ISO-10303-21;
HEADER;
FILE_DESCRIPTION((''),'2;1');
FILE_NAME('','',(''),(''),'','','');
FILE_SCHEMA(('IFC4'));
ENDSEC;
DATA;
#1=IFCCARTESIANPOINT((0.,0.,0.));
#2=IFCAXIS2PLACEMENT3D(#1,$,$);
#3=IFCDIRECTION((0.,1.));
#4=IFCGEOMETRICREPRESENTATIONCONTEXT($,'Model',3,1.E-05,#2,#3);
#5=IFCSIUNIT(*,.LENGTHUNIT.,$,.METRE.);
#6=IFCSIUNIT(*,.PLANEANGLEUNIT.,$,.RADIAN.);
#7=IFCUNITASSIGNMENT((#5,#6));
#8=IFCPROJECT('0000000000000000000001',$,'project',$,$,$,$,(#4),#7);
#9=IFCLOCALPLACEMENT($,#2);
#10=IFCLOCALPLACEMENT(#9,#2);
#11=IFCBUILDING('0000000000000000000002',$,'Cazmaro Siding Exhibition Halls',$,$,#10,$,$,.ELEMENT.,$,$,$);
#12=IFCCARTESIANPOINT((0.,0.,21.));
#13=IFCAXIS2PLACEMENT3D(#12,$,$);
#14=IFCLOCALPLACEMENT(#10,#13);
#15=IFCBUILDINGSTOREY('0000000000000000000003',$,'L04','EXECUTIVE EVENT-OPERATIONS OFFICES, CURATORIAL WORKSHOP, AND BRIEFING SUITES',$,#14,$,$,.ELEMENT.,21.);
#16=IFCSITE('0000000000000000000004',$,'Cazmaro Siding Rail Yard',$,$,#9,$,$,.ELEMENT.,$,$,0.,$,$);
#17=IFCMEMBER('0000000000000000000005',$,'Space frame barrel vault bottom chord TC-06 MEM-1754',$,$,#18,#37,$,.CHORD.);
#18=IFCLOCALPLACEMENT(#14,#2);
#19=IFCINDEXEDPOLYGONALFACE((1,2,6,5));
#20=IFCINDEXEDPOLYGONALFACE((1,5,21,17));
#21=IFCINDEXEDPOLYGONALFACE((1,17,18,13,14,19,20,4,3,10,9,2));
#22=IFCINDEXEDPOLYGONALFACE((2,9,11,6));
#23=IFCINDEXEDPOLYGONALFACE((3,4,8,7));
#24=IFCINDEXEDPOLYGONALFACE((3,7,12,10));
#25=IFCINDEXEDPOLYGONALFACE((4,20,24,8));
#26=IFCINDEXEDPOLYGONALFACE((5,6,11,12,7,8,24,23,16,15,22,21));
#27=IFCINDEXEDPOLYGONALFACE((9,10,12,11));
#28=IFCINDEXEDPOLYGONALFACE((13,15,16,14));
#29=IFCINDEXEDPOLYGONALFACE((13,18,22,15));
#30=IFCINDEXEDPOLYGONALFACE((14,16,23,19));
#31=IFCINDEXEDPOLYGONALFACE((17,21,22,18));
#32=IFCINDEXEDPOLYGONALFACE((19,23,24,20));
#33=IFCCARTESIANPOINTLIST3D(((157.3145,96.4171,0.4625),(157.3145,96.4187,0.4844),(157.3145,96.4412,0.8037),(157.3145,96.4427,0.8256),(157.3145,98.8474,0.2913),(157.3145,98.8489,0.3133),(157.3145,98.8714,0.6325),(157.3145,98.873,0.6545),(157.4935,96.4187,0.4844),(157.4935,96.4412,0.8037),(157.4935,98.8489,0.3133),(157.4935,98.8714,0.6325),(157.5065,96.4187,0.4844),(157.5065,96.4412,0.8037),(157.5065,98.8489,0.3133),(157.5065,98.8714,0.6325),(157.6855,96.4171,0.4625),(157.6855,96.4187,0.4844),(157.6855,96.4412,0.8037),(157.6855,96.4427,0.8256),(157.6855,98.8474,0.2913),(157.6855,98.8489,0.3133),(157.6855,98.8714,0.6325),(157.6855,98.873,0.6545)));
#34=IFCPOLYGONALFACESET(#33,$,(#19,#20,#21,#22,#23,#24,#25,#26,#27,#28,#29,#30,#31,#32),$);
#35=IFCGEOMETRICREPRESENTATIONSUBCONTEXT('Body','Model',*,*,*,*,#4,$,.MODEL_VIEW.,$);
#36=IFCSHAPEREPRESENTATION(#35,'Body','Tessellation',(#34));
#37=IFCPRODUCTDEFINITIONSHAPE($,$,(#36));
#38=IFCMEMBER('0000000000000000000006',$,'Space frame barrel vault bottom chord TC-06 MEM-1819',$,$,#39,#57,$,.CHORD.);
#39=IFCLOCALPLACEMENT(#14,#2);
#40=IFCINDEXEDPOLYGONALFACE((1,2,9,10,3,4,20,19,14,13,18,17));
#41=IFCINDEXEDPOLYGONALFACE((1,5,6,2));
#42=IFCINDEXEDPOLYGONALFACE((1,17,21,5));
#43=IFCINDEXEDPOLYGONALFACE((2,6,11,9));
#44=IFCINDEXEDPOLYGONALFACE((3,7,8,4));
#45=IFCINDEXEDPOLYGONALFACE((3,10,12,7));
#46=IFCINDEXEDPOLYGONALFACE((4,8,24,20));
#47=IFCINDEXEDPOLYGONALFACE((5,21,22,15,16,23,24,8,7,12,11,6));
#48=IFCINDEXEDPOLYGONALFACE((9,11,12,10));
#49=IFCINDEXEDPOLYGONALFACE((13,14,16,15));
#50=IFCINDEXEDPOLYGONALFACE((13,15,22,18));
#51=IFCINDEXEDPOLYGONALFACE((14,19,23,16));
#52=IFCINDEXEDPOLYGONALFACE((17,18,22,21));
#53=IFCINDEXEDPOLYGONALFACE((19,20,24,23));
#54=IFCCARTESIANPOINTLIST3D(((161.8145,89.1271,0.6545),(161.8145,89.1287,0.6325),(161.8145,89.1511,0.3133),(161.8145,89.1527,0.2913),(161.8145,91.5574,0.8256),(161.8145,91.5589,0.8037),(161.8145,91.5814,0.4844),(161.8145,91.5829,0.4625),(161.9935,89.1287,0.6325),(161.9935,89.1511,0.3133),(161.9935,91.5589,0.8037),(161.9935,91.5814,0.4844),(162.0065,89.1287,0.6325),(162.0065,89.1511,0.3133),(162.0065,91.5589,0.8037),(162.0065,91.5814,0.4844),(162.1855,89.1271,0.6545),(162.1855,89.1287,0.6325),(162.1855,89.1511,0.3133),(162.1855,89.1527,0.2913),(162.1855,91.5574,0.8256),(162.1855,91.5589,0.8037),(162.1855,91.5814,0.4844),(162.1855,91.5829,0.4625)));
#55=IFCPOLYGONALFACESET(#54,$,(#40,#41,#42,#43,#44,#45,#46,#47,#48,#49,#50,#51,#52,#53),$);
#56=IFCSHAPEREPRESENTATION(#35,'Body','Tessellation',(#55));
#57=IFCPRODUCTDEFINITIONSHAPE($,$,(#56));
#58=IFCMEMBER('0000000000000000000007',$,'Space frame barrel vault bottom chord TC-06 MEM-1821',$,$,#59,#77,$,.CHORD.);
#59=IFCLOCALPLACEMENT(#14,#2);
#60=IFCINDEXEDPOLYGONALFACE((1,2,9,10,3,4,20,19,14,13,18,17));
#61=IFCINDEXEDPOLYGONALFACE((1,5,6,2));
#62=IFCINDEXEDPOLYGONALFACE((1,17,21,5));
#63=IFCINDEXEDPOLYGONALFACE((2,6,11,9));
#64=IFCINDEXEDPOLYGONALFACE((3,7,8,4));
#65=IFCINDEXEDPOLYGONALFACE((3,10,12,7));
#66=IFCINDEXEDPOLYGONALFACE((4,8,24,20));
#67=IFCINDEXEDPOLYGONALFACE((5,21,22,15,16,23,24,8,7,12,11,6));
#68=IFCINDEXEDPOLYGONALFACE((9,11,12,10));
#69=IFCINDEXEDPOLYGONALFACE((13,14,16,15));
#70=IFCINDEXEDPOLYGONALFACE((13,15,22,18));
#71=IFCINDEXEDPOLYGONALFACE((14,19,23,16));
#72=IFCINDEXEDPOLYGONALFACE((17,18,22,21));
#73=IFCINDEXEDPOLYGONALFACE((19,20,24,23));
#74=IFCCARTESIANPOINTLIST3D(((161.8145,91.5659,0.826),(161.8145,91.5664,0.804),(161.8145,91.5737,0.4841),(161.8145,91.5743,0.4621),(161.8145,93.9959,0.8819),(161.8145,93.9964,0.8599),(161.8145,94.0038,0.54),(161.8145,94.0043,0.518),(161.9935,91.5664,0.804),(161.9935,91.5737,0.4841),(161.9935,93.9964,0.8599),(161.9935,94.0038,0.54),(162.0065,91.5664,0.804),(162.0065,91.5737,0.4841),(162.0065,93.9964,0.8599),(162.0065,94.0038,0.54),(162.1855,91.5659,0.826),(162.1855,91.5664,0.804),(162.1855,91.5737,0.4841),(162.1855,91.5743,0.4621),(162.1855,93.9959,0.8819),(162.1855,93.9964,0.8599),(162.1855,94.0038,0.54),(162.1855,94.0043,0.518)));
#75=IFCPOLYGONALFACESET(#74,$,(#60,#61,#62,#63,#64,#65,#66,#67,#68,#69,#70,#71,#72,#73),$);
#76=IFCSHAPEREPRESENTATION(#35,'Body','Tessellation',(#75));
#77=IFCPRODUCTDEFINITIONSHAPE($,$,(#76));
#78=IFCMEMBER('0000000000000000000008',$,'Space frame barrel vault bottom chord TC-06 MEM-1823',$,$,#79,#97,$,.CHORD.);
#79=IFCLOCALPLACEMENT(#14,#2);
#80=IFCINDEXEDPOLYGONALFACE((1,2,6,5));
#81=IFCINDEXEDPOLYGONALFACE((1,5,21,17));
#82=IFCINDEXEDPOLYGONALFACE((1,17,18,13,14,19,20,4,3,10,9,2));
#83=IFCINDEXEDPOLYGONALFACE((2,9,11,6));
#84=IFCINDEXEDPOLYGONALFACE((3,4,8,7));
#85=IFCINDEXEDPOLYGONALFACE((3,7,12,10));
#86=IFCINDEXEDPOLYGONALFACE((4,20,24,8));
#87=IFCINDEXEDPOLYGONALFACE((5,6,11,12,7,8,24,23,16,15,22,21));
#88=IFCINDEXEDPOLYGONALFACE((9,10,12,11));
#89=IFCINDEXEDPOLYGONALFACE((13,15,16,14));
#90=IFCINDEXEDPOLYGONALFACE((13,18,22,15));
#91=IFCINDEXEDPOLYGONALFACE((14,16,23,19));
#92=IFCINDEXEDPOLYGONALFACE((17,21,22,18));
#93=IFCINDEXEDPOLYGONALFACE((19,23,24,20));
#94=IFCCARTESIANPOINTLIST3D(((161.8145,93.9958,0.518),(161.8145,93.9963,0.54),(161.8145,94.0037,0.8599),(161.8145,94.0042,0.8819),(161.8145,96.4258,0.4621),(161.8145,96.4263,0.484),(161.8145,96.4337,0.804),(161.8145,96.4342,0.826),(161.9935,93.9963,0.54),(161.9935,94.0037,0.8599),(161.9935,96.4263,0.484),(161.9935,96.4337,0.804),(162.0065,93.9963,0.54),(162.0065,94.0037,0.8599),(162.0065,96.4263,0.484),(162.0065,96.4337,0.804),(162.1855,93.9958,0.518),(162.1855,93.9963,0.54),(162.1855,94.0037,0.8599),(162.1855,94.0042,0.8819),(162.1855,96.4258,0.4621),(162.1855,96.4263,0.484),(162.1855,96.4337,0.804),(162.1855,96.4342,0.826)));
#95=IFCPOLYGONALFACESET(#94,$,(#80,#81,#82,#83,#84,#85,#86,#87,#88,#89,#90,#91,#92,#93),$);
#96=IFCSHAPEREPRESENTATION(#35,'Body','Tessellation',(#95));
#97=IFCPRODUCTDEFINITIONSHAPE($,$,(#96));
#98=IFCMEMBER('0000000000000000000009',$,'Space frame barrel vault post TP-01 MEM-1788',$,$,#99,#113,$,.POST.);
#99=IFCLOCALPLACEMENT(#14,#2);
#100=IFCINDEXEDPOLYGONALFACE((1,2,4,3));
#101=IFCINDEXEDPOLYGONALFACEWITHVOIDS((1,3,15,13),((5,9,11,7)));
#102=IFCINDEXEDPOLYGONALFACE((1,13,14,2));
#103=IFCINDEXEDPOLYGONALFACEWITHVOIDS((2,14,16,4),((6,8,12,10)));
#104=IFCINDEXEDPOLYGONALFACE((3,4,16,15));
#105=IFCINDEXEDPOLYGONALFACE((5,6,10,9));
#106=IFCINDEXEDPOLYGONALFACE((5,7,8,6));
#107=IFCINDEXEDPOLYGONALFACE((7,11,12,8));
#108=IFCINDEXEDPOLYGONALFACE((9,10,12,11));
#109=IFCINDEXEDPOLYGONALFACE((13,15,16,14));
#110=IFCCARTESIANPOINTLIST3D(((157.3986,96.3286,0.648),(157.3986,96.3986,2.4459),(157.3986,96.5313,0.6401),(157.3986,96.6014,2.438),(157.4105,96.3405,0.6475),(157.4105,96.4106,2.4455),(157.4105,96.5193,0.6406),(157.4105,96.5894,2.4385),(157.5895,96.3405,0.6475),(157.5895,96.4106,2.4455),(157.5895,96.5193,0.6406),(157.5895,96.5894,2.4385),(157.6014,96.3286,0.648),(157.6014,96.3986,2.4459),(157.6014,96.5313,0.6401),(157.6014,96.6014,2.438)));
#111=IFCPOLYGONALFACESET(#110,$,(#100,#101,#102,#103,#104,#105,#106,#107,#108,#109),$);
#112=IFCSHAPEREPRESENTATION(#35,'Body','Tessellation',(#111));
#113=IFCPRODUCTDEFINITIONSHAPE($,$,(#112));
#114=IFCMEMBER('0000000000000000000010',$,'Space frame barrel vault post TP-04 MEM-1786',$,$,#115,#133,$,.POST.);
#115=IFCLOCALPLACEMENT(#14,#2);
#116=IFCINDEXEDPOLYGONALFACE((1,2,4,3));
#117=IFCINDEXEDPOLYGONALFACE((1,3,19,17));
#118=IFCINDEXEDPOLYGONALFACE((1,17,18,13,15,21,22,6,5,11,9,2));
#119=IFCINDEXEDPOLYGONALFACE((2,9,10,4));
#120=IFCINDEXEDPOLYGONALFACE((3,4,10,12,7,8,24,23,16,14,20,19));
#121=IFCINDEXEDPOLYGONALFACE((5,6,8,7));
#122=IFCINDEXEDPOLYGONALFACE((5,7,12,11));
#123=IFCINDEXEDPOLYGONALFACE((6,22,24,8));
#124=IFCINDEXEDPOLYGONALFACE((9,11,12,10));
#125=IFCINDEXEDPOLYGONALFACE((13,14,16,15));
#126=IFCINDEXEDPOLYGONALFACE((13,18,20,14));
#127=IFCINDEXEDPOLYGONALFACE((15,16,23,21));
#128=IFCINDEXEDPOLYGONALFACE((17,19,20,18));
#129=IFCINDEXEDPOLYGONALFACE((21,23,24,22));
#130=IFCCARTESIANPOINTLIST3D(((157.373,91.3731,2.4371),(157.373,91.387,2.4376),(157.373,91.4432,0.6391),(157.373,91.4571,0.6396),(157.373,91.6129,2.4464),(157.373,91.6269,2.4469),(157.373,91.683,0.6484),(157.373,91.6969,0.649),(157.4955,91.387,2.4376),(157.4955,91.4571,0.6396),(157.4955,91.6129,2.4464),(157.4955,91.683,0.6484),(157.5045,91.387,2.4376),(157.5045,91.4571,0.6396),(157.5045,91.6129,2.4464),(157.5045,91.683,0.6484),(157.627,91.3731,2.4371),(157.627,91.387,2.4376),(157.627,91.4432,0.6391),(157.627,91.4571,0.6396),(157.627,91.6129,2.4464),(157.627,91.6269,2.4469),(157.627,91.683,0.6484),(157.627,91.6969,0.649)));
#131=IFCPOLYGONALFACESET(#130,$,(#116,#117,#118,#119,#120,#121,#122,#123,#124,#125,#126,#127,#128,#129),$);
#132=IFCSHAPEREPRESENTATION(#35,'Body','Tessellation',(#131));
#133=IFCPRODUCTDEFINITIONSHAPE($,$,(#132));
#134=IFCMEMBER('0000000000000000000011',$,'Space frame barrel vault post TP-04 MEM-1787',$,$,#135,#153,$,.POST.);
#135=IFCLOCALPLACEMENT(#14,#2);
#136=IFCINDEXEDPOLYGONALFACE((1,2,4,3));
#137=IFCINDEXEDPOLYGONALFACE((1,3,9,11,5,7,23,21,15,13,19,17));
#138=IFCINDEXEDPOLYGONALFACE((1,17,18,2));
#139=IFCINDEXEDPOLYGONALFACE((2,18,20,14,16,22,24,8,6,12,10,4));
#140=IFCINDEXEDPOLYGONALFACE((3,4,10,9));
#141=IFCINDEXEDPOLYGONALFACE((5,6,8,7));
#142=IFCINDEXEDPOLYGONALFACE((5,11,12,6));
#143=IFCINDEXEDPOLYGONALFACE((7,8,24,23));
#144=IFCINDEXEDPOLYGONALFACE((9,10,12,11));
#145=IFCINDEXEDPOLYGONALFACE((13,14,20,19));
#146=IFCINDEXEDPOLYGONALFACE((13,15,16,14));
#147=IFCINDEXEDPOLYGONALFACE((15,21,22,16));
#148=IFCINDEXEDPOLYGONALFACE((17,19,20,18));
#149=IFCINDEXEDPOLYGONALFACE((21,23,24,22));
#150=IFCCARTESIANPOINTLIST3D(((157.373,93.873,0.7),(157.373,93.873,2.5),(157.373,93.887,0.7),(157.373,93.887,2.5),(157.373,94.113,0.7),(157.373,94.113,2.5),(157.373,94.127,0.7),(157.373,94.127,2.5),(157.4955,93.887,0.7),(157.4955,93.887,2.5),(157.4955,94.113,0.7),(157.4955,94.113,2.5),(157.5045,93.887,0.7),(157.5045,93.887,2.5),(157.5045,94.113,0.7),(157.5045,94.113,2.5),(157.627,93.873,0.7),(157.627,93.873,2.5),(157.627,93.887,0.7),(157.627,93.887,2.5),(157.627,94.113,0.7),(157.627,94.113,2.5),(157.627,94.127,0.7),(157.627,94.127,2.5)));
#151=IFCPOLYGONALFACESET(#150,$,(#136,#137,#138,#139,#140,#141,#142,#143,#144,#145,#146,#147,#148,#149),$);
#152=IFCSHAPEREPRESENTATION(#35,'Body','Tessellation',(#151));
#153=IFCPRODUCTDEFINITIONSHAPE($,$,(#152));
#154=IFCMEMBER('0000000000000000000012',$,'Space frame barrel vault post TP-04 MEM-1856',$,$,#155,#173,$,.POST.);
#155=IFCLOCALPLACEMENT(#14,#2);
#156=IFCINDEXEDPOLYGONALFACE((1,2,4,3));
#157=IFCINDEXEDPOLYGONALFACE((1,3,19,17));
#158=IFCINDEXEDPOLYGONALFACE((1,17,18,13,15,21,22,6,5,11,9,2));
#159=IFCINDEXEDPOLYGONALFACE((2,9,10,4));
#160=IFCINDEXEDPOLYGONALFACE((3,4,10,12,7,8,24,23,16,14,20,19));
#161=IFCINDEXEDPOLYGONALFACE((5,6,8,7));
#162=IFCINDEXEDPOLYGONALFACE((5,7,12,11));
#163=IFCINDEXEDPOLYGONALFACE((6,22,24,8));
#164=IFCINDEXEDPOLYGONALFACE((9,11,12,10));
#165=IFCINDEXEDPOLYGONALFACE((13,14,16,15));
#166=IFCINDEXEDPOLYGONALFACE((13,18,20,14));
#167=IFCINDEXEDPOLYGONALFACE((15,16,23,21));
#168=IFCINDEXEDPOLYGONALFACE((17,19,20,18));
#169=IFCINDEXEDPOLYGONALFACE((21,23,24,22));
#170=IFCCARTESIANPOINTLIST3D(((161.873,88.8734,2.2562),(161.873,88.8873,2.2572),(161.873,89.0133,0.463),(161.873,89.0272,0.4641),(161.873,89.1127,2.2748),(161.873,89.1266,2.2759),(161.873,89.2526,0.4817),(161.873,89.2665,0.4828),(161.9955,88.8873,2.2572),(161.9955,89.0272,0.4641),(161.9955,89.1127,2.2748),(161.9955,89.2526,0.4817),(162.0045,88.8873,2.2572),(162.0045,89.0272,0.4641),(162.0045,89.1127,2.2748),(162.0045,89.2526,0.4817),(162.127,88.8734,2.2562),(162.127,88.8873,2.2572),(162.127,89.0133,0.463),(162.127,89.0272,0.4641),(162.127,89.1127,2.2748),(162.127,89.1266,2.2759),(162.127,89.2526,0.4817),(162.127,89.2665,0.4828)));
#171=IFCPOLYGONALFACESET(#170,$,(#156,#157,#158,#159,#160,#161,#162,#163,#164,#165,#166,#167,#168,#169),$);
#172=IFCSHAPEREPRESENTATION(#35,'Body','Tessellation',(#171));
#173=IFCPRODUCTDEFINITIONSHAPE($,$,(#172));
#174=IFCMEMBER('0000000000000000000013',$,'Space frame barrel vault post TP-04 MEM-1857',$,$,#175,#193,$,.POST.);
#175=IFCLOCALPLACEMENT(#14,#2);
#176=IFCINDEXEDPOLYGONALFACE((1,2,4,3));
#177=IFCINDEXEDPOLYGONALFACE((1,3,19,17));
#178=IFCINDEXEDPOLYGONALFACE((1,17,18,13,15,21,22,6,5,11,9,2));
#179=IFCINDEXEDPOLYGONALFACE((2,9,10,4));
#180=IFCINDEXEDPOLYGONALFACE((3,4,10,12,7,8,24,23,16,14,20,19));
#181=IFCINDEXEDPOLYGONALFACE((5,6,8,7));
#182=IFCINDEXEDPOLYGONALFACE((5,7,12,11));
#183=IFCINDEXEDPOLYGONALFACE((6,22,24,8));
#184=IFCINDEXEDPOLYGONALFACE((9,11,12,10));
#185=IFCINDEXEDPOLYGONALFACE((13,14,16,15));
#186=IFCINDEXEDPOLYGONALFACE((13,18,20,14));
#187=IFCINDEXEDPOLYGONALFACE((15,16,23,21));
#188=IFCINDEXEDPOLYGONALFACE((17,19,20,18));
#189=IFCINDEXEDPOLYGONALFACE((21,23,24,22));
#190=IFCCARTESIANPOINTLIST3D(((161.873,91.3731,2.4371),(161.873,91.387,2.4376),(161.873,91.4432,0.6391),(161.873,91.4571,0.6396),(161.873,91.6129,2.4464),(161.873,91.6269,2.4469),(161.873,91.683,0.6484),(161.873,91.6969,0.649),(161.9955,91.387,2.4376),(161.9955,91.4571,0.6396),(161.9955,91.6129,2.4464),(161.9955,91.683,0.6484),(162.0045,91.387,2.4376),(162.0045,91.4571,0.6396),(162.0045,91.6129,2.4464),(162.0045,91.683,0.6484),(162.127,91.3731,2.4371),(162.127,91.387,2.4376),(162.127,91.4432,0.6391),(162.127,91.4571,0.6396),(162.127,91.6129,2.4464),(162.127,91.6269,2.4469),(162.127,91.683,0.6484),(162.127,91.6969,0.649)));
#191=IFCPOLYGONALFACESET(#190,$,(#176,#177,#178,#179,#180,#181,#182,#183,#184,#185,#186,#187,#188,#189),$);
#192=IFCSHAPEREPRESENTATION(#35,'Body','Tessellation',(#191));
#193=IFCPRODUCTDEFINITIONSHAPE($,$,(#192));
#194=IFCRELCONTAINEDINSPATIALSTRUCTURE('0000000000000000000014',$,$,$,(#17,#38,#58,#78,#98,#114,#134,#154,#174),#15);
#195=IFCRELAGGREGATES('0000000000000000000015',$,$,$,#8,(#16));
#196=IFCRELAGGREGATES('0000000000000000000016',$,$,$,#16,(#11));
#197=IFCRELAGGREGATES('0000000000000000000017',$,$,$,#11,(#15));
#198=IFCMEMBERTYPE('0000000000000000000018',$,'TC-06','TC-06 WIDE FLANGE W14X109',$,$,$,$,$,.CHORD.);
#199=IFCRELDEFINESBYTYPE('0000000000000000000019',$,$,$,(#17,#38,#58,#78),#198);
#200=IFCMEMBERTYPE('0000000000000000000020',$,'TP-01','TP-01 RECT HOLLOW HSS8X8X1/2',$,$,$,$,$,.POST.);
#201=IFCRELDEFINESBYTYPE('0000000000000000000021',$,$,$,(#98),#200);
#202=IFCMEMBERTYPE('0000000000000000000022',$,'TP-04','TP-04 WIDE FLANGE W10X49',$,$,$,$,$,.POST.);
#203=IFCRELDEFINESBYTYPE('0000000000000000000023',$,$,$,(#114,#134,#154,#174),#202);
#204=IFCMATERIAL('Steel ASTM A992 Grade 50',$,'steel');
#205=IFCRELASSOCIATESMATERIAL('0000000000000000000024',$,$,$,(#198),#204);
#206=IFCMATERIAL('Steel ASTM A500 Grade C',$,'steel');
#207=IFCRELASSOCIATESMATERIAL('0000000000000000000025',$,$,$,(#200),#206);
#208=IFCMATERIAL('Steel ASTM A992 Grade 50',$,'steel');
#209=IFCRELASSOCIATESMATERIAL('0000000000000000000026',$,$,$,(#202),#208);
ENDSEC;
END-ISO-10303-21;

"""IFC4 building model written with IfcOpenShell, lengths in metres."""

from ifc_helpers import new_model, si_unit, direction, frame, origin, origin_2d, place, context, subcontext, project, spatial, hollow_rectangle, i_section, extrude, material, material_profile, profile_set, type_object, element, save


model = new_model("IFC4")

# Units and contexts
model_context = context("Model", 3, precision=1e-05, world=origin(), true_north=direction((0.0, 1.0)))
body_context = subcontext(model_context, "Body", "Model", "MODEL_VIEW")
ifc_project = project(units=[si_unit("LENGTHUNIT", "METRE"), si_unit("PLANEANGLEUNIT", "RADIAN")], contexts=[model_context])

# Site, building, storey
site_placement = place(None, origin())
site = spatial("IfcSite", under=ifc_project, at=site_placement, Name="Cazmaro Siding Rail Yard", CompositionType="ELEMENT", RefElevation=0.0)
building_placement = place(site_placement, origin())
building = spatial("IfcBuilding", under=site, at=building_placement, Name="Cazmaro Siding Exhibition Halls", CompositionType="ELEMENT")
storey_placement = place(building_placement, frame((0.0, 0.0, 21.0)))
storey = spatial("IfcBuildingStorey", under=building, at=storey_placement, Name="L04", Description="EXECUTIVE EVENT-OPERATIONS OFFICES, CURATORIAL WORKSHOP, AND BRIEFING SUITES", CompositionType="ELEMENT", Elevation=21.0)

# Members
ifc_material_1 = material(Name="Steel ASTM A992 Grade 50", Category="steel")
ifc_material_profile_1 = material_profile(ifc_material_1, i_section(OverallWidth=0.3711, OverallDepth=0.364, WebThickness=0.0129, FlangeThickness=0.022, at=origin_2d()), Name="W14X109")
ifc_profile_set_1 = profile_set([ifc_material_profile_1], Name="Steel ASTM A992 Grade 50")
member_type_1 = type_object("IfcMemberType", Name="TC-06", Description="TC-06 WIDE FLANGE W14X109", PredefinedType="CHORD", material=ifc_profile_set_1)
for number, where, z_axis, x_axis, name in (
    (1, (157.5, 96.4299, 0.644), (0.0, 0.997529, -0.07025), (-1.0, 0.0, 0.0), "Space frame barrel vault bottom chord TC-06 MEM-1754"),
    (2, (162.0, 89.1399, 0.4729), (0.0, 0.997529, 0.07025), (-1.0, 0.0, 0.0), "Space frame barrel vault bottom chord TC-06 MEM-1819"),
):
    element("IfcMember", number, at=place(storey_placement, frame(where, z_axis=z_axis, x_axis=x_axis)), inside=storey, type_object=member_type_1, Name=name, PredefinedType="CHORD", context=body_context, shape_type="SweptSolid", body=[
        extrude(i_section(OverallWidth=0.3711, OverallDepth=0.364, WebThickness=0.0129, FlangeThickness=0.022, at=origin_2d()), origin(), (0.0, 0.0, 1.0), 2.4363),
    ])
for number, where, z_axis, x_axis, name in (
    (3, (162.0, 91.5701, 0.644), (0.0, 0.999735, 0.023002), (-1.0, 0.0, 0.0), "Space frame barrel vault bottom chord TC-06 MEM-1821"),
    (4, (162.0, 94.0, 0.7), (0.0, 0.999735, -0.023002), (-1.0, 0.0, 0.0), "Space frame barrel vault bottom chord TC-06 MEM-1823"),
):
    element("IfcMember", number, at=place(storey_placement, frame(where, z_axis=z_axis, x_axis=x_axis)), inside=storey, type_object=member_type_1, Name=name, PredefinedType="CHORD", context=body_context, shape_type="SweptSolid", body=[
        extrude(i_section(OverallWidth=0.3711, OverallDepth=0.364, WebThickness=0.0129, FlangeThickness=0.022, at=origin_2d()), origin(), (0.0, 0.0, 1.0), 2.4307),
    ])
ifc_material_2 = material(Name="Steel ASTM A500 Grade C", Category="steel")
ifc_material_profile_2 = material_profile(ifc_material_2, hollow_rectangle(XDim=0.2029, YDim=0.2029, WallThickness=0.012, at=origin_2d()), Name="HSS8X8X1/2")
ifc_profile_set_2 = profile_set([ifc_material_profile_2], Name="Steel ASTM A500 Grade C")
member_type_2 = type_object("IfcMemberType", Name="TP-01", Description="TP-01 RECT HOLLOW HSS8X8X1/2", PredefinedType="POST", material=ifc_profile_set_2)
member_1_placement = place(storey_placement, frame((157.5, 96.4299, 0.644), z_axis=(0.0, 0.038944, 0.999241), x_axis=(-1.0, 0.0, 0.0)))
element("IfcMember", 5, at=member_1_placement, inside=storey, type_object=member_type_2, Name="Space frame barrel vault post TP-01 MEM-1788", PredefinedType="POST", context=body_context, shape_type="SweptSolid", body=[
    extrude(hollow_rectangle(XDim=0.2029, YDim=0.2029, WallThickness=0.012, at=origin_2d()), origin(), (0.0, 0.0, 1.0), 1.7993),
])
ifc_material_3 = material(Name="Steel ASTM A992 Grade 50", Category="steel")
ifc_material_profile_3 = material_profile(ifc_material_3, i_section(OverallWidth=0.2539, OverallDepth=0.2539, WebThickness=0.009, FlangeThickness=0.0139, at=origin_2d()), Name="W10X49")
ifc_profile_set_3 = profile_set([ifc_material_profile_3], Name="Steel ASTM A992 Grade 50")
member_type_3 = type_object("IfcMemberType", Name="TP-04", Description="TP-04 WIDE FLANGE W10X49", PredefinedType="POST", material=ifc_profile_set_3)
member_2_placement = place(storey_placement, frame((157.5, 91.5701, 0.644), z_axis=(0.0, -0.038944, 0.999241), x_axis=(1.0, 0.0, 0.0)))
element("IfcMember", 6, at=member_2_placement, inside=storey, type_object=member_type_3, Name="Space frame barrel vault post TP-04 MEM-1786", PredefinedType="POST", context=body_context, shape_type="SweptSolid", body=[
    extrude(i_section(OverallWidth=0.2539, OverallDepth=0.2539, WebThickness=0.009, FlangeThickness=0.0139, at=origin_2d()), origin(), (0.0, 0.0, 1.0), 1.7993),
])
member_3_placement = place(storey_placement, frame((157.5, 94.0, 0.7), z_axis=(0.0, 0.0, 1.0), x_axis=(1.0, 0.0, 0.0)))
element("IfcMember", 7, at=member_3_placement, inside=storey, type_object=member_type_3, Name="Space frame barrel vault post TP-04 MEM-1787", PredefinedType="POST", context=body_context, shape_type="SweptSolid", body=[
    extrude(i_section(OverallWidth=0.2539, OverallDepth=0.2539, WebThickness=0.009, FlangeThickness=0.0139, at=origin_2d()), origin(), (0.0, 0.0, 1.0), 1.8),
])
member_4_placement = place(storey_placement, frame((162.0, 89.1399, 0.4729), z_axis=(0.0, -0.077776, 0.996971), x_axis=(1.0, 0.0, 0.0)))
element("IfcMember", 8, at=member_4_placement, inside=storey, type_object=member_type_3, Name="Space frame barrel vault post TP-04 MEM-1856", PredefinedType="POST", context=body_context, shape_type="SweptSolid", body=[
    extrude(i_section(OverallWidth=0.2539, OverallDepth=0.2539, WebThickness=0.009, FlangeThickness=0.0139, at=origin_2d()), origin(), (0.0, 0.0, 1.0), 1.7986),
])
member_5_placement = place(storey_placement, frame((162.0, 91.5701, 0.644), z_axis=(0.0, -0.038944, 0.999241), x_axis=(1.0, 0.0, 0.0)))
element("IfcMember", 9, at=member_5_placement, inside=storey, type_object=member_type_3, Name="Space frame barrel vault post TP-04 MEM-1857", PredefinedType="POST", context=body_context, shape_type="SweptSolid", body=[
    extrude(i_section(OverallWidth=0.2539, OverallDepth=0.2539, WebThickness=0.009, FlangeThickness=0.0139, at=origin_2d()), origin(), (0.0, 0.0, 1.0), 1.7993),
])

save(model, "model.ifc")
